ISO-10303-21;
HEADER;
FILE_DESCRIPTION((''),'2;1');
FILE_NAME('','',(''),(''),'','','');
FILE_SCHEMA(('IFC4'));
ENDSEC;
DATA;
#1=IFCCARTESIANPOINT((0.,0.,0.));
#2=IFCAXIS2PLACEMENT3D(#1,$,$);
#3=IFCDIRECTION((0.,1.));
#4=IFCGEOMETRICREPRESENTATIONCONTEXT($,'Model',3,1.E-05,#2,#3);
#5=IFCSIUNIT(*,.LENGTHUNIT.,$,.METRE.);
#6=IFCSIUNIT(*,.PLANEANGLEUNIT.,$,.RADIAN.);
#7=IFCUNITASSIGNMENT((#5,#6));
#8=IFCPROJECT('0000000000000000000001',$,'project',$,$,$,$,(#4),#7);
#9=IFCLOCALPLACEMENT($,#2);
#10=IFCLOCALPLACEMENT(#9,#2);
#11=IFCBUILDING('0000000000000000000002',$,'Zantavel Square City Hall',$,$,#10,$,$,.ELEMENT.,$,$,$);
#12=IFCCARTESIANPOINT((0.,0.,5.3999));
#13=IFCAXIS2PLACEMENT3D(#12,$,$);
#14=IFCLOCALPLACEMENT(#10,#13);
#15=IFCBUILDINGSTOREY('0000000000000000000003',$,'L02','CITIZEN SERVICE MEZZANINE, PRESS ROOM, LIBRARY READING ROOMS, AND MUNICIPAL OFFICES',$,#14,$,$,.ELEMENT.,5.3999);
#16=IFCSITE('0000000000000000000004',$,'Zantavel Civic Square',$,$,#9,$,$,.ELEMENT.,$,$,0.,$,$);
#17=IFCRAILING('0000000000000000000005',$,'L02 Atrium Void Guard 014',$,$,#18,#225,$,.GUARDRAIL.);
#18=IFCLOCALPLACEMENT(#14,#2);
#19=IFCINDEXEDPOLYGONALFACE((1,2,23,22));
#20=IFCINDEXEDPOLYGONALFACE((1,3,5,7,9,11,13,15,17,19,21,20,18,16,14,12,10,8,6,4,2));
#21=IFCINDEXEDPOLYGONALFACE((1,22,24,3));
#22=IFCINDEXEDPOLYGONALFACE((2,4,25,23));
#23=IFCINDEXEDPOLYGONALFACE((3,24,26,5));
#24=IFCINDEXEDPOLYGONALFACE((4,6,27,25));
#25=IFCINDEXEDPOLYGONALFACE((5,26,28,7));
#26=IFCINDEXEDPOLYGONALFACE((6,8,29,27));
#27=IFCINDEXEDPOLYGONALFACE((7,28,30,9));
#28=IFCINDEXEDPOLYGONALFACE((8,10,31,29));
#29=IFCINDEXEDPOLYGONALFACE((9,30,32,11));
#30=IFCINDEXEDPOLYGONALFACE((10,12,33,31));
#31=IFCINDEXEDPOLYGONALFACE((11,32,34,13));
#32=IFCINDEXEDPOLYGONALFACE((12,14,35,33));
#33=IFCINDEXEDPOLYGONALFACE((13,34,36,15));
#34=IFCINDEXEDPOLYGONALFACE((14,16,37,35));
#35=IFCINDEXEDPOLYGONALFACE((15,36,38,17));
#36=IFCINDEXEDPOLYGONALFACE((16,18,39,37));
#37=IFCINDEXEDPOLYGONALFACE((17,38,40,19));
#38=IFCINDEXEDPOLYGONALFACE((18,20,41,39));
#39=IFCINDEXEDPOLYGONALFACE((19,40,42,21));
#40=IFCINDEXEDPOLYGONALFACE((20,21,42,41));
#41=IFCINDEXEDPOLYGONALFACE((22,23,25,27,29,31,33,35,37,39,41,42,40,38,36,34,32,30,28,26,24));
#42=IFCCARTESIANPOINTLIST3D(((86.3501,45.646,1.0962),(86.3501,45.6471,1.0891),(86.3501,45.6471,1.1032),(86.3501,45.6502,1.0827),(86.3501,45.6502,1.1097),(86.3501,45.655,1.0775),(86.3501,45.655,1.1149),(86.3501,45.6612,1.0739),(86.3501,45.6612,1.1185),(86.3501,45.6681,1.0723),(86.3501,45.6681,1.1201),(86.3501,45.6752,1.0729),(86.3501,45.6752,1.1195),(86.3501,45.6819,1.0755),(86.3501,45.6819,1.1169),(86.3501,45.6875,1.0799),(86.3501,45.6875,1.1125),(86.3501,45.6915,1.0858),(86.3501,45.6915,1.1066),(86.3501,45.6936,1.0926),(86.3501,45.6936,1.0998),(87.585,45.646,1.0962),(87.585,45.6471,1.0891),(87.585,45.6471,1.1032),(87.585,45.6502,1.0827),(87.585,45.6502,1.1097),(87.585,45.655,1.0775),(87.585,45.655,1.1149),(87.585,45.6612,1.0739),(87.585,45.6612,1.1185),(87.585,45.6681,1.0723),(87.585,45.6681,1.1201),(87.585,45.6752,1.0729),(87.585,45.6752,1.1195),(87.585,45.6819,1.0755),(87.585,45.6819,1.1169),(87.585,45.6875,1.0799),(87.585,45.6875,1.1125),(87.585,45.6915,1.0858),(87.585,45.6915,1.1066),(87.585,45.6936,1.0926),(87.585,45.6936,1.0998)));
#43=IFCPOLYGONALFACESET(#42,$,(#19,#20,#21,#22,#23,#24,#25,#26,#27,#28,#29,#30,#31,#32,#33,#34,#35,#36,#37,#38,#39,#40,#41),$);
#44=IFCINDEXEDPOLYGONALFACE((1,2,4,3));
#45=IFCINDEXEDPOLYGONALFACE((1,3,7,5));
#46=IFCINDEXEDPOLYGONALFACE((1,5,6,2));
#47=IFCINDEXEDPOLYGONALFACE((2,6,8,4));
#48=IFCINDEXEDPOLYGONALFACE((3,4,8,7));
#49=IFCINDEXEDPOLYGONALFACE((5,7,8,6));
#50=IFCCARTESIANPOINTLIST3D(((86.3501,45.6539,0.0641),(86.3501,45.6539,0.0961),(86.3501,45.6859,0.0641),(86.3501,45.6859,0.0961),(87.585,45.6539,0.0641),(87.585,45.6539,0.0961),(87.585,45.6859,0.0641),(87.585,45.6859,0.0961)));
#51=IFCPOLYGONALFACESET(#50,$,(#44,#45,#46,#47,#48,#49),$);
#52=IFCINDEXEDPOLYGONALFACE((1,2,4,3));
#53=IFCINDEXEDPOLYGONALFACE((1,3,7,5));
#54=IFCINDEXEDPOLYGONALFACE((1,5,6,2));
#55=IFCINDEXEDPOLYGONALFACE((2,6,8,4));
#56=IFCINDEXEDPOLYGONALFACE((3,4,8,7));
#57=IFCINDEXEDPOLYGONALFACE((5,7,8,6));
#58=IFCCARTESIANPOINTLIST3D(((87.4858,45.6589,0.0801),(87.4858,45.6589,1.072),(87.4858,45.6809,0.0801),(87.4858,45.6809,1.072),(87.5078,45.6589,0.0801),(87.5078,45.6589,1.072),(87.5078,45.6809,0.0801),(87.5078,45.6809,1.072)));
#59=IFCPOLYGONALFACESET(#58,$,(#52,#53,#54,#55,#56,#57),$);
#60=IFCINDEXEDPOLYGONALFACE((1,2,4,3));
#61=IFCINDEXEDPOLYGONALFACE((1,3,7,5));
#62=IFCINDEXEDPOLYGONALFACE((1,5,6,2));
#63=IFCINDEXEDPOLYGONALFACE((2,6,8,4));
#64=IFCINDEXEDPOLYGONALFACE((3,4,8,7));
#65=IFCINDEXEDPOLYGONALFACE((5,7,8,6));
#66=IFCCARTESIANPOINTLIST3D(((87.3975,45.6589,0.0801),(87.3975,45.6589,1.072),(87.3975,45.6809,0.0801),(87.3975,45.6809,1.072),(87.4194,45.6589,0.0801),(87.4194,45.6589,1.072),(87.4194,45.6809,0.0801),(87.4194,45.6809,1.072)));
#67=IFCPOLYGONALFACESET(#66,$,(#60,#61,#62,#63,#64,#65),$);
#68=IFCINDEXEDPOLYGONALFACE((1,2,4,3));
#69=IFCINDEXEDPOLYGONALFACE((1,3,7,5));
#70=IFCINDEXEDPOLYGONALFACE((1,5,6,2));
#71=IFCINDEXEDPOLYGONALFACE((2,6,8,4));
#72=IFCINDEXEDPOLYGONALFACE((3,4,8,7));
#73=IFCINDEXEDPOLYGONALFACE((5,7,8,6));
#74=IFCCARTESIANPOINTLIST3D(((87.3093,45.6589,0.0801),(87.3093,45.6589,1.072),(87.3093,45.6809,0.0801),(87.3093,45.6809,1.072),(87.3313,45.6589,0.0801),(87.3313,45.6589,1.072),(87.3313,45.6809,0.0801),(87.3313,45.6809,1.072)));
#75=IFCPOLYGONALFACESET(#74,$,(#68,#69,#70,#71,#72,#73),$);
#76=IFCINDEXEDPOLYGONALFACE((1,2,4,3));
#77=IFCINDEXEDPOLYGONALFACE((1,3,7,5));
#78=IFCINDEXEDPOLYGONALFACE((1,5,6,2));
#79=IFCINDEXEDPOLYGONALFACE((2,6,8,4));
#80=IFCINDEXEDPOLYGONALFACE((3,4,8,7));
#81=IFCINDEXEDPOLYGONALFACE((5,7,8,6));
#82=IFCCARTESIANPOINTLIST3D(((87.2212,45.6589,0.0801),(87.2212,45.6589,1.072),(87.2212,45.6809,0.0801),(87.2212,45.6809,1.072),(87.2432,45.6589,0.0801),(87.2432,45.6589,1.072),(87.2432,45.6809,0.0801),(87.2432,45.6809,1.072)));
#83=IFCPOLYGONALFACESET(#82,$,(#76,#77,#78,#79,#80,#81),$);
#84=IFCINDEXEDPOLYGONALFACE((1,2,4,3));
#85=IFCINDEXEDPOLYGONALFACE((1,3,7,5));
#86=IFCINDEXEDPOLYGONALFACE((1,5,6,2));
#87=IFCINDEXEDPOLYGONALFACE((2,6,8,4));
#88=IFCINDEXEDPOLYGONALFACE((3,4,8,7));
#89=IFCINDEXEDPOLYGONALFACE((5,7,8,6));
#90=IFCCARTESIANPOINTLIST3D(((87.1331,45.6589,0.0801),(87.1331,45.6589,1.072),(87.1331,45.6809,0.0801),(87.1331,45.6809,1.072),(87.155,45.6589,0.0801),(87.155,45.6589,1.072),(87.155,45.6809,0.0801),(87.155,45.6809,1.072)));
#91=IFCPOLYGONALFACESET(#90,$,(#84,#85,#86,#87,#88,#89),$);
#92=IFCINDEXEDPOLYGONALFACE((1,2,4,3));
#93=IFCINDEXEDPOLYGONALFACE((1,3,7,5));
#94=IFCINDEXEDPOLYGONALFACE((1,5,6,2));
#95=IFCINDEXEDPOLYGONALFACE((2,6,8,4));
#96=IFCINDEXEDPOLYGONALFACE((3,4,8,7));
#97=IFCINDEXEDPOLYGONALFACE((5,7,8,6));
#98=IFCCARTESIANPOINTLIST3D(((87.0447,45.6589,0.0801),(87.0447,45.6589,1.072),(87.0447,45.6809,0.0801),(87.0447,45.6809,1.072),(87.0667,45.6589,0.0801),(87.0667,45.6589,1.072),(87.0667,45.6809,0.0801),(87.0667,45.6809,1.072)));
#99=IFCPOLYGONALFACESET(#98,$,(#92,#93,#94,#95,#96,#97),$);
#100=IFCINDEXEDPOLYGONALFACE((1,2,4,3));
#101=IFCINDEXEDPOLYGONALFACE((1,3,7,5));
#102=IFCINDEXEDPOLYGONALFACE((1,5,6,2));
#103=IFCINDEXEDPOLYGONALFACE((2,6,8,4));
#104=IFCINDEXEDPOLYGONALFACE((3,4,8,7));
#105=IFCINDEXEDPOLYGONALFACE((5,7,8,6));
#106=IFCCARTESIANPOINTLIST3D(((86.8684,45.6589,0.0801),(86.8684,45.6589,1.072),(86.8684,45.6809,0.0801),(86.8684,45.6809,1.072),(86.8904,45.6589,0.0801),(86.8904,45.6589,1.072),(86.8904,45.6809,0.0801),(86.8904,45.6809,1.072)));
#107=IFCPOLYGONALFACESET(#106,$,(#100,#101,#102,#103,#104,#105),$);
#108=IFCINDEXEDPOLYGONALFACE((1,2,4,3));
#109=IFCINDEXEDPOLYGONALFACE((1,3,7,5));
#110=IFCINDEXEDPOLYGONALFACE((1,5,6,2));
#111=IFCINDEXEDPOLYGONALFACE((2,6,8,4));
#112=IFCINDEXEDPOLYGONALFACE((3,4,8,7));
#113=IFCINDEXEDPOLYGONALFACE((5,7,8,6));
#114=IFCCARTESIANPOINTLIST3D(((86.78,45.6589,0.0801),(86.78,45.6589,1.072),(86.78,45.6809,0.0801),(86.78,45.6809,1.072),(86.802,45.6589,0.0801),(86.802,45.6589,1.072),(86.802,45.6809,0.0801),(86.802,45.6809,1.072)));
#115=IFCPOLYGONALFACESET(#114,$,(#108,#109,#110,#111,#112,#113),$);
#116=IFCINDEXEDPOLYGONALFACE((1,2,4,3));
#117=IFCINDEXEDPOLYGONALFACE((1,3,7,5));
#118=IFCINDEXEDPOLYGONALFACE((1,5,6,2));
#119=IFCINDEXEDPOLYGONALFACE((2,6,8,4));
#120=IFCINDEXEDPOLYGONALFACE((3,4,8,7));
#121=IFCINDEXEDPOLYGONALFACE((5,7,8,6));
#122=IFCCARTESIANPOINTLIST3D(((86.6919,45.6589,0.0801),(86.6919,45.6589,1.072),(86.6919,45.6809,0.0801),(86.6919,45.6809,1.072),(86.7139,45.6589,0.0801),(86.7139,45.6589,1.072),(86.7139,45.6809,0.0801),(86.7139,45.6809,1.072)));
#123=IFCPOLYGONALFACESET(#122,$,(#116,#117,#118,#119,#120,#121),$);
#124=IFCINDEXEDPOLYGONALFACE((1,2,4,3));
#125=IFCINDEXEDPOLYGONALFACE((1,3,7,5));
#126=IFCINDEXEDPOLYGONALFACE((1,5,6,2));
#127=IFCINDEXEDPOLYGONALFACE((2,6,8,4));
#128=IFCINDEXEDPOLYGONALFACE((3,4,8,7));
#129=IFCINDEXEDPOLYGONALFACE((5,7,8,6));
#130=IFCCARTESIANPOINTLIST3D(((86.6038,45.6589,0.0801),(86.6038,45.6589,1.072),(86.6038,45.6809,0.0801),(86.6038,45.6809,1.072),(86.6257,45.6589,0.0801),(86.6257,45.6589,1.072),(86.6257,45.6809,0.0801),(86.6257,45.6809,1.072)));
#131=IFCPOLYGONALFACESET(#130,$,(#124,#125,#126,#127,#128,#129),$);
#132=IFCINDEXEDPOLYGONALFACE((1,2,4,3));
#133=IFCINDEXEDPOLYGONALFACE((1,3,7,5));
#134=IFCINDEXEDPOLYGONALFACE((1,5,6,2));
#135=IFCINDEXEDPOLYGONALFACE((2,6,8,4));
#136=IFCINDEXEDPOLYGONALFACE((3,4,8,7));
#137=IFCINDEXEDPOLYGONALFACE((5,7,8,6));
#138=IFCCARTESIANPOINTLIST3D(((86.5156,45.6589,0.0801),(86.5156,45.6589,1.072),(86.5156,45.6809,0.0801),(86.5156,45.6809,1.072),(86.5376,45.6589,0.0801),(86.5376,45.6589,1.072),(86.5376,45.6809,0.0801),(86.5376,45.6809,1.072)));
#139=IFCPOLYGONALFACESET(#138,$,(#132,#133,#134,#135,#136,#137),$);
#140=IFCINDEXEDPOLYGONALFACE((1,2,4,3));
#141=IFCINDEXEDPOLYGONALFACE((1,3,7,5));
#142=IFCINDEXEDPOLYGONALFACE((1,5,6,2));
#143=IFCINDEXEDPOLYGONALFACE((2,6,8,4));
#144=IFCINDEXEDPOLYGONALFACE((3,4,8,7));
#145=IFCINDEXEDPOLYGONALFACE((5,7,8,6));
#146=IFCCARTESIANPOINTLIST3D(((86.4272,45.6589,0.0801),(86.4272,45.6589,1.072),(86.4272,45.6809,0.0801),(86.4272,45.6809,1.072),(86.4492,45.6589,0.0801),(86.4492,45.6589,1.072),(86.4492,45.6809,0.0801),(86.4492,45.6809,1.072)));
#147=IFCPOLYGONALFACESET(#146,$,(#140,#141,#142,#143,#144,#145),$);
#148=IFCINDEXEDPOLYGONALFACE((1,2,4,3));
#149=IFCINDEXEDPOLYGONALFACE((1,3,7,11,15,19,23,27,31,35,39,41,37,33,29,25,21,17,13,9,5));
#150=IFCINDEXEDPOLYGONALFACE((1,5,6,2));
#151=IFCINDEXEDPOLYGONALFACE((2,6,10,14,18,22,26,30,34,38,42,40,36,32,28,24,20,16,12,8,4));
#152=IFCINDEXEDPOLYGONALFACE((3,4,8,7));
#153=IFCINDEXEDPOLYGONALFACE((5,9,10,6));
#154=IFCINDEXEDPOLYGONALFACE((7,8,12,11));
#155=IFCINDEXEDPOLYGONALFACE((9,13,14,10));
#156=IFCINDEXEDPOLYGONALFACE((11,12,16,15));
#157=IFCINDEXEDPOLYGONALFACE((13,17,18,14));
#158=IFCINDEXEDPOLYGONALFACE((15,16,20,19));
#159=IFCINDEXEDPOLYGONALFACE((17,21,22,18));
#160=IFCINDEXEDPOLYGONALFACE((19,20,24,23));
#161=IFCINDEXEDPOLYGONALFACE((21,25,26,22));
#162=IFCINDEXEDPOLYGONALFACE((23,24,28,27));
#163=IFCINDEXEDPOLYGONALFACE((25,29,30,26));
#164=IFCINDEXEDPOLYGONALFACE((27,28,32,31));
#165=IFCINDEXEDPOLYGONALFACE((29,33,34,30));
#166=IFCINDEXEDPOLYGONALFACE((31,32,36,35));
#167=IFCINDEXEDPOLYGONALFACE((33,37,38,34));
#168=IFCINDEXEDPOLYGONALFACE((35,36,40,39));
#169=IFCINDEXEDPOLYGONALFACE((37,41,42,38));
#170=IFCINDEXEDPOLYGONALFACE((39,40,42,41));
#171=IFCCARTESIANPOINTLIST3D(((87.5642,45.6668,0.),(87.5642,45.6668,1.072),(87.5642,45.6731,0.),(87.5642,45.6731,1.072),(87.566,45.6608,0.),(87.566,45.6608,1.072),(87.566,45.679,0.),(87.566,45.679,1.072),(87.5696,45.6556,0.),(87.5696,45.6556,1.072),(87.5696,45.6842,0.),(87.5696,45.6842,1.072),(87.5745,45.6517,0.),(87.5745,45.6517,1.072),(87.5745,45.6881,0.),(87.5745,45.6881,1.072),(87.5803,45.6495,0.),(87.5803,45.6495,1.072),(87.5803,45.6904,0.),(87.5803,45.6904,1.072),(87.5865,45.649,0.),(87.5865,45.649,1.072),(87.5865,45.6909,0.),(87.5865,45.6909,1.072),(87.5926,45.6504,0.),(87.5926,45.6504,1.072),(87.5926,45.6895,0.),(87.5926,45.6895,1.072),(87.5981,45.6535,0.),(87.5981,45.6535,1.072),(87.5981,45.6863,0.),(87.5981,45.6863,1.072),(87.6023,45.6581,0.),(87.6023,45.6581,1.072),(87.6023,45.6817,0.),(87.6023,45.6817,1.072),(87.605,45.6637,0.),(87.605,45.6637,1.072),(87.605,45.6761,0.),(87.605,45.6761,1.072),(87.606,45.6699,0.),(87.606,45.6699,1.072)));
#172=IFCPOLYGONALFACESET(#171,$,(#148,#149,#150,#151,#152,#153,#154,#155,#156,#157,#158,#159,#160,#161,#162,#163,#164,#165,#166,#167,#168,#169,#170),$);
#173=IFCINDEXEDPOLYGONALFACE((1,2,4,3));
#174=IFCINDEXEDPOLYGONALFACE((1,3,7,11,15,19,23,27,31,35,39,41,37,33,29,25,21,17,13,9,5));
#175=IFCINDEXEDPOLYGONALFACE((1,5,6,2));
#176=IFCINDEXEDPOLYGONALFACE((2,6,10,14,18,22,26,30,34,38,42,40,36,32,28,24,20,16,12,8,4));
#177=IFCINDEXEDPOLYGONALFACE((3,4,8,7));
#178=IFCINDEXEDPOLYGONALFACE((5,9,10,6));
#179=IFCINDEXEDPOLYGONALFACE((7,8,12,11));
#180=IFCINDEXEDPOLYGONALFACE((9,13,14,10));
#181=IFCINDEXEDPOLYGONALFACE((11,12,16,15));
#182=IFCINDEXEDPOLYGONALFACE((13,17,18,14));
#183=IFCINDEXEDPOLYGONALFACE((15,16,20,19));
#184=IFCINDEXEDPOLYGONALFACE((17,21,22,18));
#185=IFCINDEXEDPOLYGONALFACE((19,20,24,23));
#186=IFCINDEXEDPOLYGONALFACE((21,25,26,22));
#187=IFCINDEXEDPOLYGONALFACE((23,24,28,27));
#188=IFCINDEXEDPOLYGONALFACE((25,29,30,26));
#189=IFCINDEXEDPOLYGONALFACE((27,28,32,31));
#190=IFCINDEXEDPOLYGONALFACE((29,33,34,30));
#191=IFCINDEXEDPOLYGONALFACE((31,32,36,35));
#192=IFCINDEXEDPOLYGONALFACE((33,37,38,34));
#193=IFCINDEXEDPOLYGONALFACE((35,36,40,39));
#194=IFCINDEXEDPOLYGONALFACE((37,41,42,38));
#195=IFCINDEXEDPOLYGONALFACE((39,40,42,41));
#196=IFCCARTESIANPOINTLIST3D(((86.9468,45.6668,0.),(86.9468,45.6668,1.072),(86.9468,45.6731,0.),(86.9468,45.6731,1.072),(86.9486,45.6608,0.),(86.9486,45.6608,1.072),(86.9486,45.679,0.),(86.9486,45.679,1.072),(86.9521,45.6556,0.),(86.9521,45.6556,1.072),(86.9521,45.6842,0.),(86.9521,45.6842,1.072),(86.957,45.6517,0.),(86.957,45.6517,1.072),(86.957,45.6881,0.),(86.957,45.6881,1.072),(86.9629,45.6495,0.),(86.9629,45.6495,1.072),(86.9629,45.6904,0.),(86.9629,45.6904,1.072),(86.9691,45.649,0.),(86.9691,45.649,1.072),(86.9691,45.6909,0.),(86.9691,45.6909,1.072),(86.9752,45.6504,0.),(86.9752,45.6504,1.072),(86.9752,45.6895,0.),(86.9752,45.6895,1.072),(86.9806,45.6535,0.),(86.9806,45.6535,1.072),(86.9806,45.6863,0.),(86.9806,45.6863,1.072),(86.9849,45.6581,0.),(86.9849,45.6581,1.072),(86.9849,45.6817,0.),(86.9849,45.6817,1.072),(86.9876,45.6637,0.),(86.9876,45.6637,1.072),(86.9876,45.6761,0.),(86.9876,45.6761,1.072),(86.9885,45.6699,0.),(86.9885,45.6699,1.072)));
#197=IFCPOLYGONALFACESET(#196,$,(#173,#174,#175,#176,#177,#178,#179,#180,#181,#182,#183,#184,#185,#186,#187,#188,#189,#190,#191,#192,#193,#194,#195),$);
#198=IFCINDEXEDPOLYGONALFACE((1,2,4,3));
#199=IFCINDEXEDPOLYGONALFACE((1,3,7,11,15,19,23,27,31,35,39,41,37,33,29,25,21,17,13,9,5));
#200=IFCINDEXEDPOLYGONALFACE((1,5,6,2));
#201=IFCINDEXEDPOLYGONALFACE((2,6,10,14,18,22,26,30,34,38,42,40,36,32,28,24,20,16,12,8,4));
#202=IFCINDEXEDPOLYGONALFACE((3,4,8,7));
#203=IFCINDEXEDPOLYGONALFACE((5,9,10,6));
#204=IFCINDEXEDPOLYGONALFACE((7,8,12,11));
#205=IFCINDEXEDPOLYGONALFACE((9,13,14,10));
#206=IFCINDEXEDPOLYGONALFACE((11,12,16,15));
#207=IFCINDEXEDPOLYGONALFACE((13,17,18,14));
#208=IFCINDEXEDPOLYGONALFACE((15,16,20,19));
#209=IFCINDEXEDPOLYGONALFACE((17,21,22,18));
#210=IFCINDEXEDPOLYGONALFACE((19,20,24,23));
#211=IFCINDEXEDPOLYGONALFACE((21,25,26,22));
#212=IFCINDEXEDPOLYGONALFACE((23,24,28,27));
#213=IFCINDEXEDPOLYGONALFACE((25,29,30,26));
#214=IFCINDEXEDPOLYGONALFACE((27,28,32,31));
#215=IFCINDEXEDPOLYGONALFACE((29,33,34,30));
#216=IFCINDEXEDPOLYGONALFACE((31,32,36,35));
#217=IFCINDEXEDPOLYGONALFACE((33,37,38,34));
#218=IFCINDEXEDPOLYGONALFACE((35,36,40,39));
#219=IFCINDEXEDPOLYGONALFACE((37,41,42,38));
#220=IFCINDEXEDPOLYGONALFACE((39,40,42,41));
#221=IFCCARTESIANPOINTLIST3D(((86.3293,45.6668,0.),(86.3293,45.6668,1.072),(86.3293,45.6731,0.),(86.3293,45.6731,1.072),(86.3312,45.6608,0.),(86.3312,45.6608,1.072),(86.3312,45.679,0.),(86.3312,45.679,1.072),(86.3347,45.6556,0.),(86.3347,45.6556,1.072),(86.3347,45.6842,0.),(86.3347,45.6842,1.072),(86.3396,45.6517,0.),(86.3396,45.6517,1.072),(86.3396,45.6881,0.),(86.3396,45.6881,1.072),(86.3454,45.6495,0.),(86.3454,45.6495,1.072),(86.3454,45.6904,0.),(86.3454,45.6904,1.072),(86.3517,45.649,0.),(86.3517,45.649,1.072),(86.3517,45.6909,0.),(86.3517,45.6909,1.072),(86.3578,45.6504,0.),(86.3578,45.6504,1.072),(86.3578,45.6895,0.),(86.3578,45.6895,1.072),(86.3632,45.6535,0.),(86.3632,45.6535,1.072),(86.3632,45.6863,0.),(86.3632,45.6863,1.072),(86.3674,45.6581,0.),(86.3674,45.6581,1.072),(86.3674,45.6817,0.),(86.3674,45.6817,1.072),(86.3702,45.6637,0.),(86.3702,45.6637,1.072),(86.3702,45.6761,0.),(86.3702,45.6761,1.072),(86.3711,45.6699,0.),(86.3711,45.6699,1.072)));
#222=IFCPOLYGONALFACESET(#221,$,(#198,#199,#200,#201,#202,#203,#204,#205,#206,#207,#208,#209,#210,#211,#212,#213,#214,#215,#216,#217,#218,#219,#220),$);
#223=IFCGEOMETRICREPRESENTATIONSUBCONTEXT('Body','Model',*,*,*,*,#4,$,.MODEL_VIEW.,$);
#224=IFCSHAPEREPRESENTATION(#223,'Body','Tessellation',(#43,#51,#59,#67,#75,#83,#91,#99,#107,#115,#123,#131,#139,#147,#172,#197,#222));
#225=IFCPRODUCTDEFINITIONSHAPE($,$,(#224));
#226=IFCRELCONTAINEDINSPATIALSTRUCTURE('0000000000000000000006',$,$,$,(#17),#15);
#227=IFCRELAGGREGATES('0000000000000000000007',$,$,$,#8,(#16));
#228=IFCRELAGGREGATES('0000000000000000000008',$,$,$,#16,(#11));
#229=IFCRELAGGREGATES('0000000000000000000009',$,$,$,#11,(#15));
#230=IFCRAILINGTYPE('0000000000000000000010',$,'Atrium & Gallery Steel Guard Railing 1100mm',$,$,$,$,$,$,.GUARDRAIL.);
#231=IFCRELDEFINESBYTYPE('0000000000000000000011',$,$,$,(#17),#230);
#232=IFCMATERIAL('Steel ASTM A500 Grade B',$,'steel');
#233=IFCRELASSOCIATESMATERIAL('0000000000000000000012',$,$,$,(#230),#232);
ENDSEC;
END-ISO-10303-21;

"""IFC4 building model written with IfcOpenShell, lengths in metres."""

from ifc_helpers import new_model, si_unit, direction, frame, origin, origin_2d, place, context, subcontext, project, spatial, rectangle, circle, extrude, material, type_object, element, save


model = new_model("IFC4")

# Units and contexts
model_context = context("Model", 3, precision=1e-05, world=origin(), true_north=direction((0.0, 1.0)))
body_context = subcontext(model_context, "Body", "Model", "MODEL_VIEW")
ifc_project = project(units=[si_unit("LENGTHUNIT", "METRE"), si_unit("PLANEANGLEUNIT", "RADIAN")], contexts=[model_context])

# Site, building, storey
site_placement = place(None, origin())
site = spatial("IfcSite", under=ifc_project, at=site_placement, Name="Zantavel Civic Square", CompositionType="ELEMENT", RefElevation=0.0)
building_placement = place(site_placement, origin())
building = spatial("IfcBuilding", under=site, at=building_placement, Name="Zantavel Square City Hall", CompositionType="ELEMENT")
storey_placement = place(building_placement, frame((0.0, 0.0, 5.3999)))
storey = spatial("IfcBuildingStorey", under=building, at=storey_placement, Name="L02", Description="CITIZEN SERVICE MEZZANINE, PRESS ROOM, LIBRARY READING ROOMS, AND MUNICIPAL OFFICES", CompositionType="ELEMENT", Elevation=5.3999)

# Railing
ifc_material_1 = material(Name="Steel ASTM A500 Grade B", Category="steel")
railing_type_1 = type_object("IfcRailingType", Name="Atrium & Gallery Steel Guard Railing 1100mm", PredefinedType="GUARDRAIL", material=ifc_material_1)
railing_1_placement = place(storey_placement, frame((87.585, 45.6699, 0.0)))
element("IfcRailing", 1, at=railing_1_placement, inside=storey, type_object=railing_type_1, Name="L02 Atrium Void Guard 014", PredefinedType="GUARDRAIL", context=body_context, shape_type="SweptSolid", body=[
    extrude(circle(Radius=0.0239, at=origin_2d()), frame((0.0, 0.0, 1.0962), z_axis=(-1.0, 0.0, 0.0), x_axis=(0.0, -1.0, 0.0)), (0.0, 0.0, 1.0), 1.2349),
    extrude(rectangle(XDim=0.032, YDim=0.032, at=origin_2d()), frame((0.0, 0.0, 0.0801), z_axis=(-1.0, 0.0, 0.0), x_axis=(0.0, -1.0, 0.0)), (0.0, 0.0, 1.0), 1.2349),
    extrude(rectangle(XDim=0.022, YDim=0.022, at=origin_2d()), frame((-0.0881, 0.0, 0.0801)), (0.0, 0.0, 1.0), 0.9919),
    extrude(rectangle(XDim=0.022, YDim=0.022, at=origin_2d()), frame((-0.1765, 0.0, 0.0801)), (0.0, 0.0, 1.0), 0.9919),
    extrude(rectangle(XDim=0.022, YDim=0.022, at=origin_2d()), frame((-0.2646, 0.0, 0.0801)), (0.0, 0.0, 1.0), 0.9919),
    extrude(rectangle(XDim=0.022, YDim=0.022, at=origin_2d()), frame((-0.3528, 0.0, 0.0801)), (0.0, 0.0, 1.0), 0.9919),
    extrude(rectangle(XDim=0.022, YDim=0.022, at=origin_2d()), frame((-0.4409, 0.0, 0.0801)), (0.0, 0.0, 1.0), 0.9919),
    extrude(rectangle(XDim=0.022, YDim=0.022, at=origin_2d()), frame((-0.5293, 0.0, 0.0801)), (0.0, 0.0, 1.0), 0.9919),
    extrude(rectangle(XDim=0.022, YDim=0.022, at=origin_2d()), frame((-0.7056, 0.0, 0.0801)), (0.0, 0.0, 1.0), 0.9919),
    extrude(rectangle(XDim=0.022, YDim=0.022, at=origin_2d()), frame((-0.7939, 0.0, 0.0801)), (0.0, 0.0, 1.0), 0.9919),
    extrude(rectangle(XDim=0.022, YDim=0.022, at=origin_2d()), frame((-0.8821, 0.0, 0.0801)), (0.0, 0.0, 1.0), 0.9919),
    extrude(rectangle(XDim=0.022, YDim=0.022, at=origin_2d()), frame((-0.9702, 0.0, 0.0801)), (0.0, 0.0, 1.0), 0.9919),
    extrude(rectangle(XDim=0.022, YDim=0.022, at=origin_2d()), frame((-1.0583, 0.0, 0.0801)), (0.0, 0.0, 1.0), 0.9919),
    extrude(rectangle(XDim=0.022, YDim=0.022, at=origin_2d()), frame((-1.1467, 0.0, 0.0801)), (0.0, 0.0, 1.0), 0.9919),
    extrude(circle(Radius=0.021, at=origin_2d()), origin(), (0.0, 0.0, 1.0), 1.072),
    extrude(circle(Radius=0.021, at=origin_2d()), frame((-0.6174, 0.0, 0.0)), (0.0, 0.0, 1.0), 1.072),
    extrude(circle(Radius=0.021, at=origin_2d()), frame((-1.2349, 0.0, 0.0)), (0.0, 0.0, 1.0), 1.072),
])

save(model, "model.ifc")
